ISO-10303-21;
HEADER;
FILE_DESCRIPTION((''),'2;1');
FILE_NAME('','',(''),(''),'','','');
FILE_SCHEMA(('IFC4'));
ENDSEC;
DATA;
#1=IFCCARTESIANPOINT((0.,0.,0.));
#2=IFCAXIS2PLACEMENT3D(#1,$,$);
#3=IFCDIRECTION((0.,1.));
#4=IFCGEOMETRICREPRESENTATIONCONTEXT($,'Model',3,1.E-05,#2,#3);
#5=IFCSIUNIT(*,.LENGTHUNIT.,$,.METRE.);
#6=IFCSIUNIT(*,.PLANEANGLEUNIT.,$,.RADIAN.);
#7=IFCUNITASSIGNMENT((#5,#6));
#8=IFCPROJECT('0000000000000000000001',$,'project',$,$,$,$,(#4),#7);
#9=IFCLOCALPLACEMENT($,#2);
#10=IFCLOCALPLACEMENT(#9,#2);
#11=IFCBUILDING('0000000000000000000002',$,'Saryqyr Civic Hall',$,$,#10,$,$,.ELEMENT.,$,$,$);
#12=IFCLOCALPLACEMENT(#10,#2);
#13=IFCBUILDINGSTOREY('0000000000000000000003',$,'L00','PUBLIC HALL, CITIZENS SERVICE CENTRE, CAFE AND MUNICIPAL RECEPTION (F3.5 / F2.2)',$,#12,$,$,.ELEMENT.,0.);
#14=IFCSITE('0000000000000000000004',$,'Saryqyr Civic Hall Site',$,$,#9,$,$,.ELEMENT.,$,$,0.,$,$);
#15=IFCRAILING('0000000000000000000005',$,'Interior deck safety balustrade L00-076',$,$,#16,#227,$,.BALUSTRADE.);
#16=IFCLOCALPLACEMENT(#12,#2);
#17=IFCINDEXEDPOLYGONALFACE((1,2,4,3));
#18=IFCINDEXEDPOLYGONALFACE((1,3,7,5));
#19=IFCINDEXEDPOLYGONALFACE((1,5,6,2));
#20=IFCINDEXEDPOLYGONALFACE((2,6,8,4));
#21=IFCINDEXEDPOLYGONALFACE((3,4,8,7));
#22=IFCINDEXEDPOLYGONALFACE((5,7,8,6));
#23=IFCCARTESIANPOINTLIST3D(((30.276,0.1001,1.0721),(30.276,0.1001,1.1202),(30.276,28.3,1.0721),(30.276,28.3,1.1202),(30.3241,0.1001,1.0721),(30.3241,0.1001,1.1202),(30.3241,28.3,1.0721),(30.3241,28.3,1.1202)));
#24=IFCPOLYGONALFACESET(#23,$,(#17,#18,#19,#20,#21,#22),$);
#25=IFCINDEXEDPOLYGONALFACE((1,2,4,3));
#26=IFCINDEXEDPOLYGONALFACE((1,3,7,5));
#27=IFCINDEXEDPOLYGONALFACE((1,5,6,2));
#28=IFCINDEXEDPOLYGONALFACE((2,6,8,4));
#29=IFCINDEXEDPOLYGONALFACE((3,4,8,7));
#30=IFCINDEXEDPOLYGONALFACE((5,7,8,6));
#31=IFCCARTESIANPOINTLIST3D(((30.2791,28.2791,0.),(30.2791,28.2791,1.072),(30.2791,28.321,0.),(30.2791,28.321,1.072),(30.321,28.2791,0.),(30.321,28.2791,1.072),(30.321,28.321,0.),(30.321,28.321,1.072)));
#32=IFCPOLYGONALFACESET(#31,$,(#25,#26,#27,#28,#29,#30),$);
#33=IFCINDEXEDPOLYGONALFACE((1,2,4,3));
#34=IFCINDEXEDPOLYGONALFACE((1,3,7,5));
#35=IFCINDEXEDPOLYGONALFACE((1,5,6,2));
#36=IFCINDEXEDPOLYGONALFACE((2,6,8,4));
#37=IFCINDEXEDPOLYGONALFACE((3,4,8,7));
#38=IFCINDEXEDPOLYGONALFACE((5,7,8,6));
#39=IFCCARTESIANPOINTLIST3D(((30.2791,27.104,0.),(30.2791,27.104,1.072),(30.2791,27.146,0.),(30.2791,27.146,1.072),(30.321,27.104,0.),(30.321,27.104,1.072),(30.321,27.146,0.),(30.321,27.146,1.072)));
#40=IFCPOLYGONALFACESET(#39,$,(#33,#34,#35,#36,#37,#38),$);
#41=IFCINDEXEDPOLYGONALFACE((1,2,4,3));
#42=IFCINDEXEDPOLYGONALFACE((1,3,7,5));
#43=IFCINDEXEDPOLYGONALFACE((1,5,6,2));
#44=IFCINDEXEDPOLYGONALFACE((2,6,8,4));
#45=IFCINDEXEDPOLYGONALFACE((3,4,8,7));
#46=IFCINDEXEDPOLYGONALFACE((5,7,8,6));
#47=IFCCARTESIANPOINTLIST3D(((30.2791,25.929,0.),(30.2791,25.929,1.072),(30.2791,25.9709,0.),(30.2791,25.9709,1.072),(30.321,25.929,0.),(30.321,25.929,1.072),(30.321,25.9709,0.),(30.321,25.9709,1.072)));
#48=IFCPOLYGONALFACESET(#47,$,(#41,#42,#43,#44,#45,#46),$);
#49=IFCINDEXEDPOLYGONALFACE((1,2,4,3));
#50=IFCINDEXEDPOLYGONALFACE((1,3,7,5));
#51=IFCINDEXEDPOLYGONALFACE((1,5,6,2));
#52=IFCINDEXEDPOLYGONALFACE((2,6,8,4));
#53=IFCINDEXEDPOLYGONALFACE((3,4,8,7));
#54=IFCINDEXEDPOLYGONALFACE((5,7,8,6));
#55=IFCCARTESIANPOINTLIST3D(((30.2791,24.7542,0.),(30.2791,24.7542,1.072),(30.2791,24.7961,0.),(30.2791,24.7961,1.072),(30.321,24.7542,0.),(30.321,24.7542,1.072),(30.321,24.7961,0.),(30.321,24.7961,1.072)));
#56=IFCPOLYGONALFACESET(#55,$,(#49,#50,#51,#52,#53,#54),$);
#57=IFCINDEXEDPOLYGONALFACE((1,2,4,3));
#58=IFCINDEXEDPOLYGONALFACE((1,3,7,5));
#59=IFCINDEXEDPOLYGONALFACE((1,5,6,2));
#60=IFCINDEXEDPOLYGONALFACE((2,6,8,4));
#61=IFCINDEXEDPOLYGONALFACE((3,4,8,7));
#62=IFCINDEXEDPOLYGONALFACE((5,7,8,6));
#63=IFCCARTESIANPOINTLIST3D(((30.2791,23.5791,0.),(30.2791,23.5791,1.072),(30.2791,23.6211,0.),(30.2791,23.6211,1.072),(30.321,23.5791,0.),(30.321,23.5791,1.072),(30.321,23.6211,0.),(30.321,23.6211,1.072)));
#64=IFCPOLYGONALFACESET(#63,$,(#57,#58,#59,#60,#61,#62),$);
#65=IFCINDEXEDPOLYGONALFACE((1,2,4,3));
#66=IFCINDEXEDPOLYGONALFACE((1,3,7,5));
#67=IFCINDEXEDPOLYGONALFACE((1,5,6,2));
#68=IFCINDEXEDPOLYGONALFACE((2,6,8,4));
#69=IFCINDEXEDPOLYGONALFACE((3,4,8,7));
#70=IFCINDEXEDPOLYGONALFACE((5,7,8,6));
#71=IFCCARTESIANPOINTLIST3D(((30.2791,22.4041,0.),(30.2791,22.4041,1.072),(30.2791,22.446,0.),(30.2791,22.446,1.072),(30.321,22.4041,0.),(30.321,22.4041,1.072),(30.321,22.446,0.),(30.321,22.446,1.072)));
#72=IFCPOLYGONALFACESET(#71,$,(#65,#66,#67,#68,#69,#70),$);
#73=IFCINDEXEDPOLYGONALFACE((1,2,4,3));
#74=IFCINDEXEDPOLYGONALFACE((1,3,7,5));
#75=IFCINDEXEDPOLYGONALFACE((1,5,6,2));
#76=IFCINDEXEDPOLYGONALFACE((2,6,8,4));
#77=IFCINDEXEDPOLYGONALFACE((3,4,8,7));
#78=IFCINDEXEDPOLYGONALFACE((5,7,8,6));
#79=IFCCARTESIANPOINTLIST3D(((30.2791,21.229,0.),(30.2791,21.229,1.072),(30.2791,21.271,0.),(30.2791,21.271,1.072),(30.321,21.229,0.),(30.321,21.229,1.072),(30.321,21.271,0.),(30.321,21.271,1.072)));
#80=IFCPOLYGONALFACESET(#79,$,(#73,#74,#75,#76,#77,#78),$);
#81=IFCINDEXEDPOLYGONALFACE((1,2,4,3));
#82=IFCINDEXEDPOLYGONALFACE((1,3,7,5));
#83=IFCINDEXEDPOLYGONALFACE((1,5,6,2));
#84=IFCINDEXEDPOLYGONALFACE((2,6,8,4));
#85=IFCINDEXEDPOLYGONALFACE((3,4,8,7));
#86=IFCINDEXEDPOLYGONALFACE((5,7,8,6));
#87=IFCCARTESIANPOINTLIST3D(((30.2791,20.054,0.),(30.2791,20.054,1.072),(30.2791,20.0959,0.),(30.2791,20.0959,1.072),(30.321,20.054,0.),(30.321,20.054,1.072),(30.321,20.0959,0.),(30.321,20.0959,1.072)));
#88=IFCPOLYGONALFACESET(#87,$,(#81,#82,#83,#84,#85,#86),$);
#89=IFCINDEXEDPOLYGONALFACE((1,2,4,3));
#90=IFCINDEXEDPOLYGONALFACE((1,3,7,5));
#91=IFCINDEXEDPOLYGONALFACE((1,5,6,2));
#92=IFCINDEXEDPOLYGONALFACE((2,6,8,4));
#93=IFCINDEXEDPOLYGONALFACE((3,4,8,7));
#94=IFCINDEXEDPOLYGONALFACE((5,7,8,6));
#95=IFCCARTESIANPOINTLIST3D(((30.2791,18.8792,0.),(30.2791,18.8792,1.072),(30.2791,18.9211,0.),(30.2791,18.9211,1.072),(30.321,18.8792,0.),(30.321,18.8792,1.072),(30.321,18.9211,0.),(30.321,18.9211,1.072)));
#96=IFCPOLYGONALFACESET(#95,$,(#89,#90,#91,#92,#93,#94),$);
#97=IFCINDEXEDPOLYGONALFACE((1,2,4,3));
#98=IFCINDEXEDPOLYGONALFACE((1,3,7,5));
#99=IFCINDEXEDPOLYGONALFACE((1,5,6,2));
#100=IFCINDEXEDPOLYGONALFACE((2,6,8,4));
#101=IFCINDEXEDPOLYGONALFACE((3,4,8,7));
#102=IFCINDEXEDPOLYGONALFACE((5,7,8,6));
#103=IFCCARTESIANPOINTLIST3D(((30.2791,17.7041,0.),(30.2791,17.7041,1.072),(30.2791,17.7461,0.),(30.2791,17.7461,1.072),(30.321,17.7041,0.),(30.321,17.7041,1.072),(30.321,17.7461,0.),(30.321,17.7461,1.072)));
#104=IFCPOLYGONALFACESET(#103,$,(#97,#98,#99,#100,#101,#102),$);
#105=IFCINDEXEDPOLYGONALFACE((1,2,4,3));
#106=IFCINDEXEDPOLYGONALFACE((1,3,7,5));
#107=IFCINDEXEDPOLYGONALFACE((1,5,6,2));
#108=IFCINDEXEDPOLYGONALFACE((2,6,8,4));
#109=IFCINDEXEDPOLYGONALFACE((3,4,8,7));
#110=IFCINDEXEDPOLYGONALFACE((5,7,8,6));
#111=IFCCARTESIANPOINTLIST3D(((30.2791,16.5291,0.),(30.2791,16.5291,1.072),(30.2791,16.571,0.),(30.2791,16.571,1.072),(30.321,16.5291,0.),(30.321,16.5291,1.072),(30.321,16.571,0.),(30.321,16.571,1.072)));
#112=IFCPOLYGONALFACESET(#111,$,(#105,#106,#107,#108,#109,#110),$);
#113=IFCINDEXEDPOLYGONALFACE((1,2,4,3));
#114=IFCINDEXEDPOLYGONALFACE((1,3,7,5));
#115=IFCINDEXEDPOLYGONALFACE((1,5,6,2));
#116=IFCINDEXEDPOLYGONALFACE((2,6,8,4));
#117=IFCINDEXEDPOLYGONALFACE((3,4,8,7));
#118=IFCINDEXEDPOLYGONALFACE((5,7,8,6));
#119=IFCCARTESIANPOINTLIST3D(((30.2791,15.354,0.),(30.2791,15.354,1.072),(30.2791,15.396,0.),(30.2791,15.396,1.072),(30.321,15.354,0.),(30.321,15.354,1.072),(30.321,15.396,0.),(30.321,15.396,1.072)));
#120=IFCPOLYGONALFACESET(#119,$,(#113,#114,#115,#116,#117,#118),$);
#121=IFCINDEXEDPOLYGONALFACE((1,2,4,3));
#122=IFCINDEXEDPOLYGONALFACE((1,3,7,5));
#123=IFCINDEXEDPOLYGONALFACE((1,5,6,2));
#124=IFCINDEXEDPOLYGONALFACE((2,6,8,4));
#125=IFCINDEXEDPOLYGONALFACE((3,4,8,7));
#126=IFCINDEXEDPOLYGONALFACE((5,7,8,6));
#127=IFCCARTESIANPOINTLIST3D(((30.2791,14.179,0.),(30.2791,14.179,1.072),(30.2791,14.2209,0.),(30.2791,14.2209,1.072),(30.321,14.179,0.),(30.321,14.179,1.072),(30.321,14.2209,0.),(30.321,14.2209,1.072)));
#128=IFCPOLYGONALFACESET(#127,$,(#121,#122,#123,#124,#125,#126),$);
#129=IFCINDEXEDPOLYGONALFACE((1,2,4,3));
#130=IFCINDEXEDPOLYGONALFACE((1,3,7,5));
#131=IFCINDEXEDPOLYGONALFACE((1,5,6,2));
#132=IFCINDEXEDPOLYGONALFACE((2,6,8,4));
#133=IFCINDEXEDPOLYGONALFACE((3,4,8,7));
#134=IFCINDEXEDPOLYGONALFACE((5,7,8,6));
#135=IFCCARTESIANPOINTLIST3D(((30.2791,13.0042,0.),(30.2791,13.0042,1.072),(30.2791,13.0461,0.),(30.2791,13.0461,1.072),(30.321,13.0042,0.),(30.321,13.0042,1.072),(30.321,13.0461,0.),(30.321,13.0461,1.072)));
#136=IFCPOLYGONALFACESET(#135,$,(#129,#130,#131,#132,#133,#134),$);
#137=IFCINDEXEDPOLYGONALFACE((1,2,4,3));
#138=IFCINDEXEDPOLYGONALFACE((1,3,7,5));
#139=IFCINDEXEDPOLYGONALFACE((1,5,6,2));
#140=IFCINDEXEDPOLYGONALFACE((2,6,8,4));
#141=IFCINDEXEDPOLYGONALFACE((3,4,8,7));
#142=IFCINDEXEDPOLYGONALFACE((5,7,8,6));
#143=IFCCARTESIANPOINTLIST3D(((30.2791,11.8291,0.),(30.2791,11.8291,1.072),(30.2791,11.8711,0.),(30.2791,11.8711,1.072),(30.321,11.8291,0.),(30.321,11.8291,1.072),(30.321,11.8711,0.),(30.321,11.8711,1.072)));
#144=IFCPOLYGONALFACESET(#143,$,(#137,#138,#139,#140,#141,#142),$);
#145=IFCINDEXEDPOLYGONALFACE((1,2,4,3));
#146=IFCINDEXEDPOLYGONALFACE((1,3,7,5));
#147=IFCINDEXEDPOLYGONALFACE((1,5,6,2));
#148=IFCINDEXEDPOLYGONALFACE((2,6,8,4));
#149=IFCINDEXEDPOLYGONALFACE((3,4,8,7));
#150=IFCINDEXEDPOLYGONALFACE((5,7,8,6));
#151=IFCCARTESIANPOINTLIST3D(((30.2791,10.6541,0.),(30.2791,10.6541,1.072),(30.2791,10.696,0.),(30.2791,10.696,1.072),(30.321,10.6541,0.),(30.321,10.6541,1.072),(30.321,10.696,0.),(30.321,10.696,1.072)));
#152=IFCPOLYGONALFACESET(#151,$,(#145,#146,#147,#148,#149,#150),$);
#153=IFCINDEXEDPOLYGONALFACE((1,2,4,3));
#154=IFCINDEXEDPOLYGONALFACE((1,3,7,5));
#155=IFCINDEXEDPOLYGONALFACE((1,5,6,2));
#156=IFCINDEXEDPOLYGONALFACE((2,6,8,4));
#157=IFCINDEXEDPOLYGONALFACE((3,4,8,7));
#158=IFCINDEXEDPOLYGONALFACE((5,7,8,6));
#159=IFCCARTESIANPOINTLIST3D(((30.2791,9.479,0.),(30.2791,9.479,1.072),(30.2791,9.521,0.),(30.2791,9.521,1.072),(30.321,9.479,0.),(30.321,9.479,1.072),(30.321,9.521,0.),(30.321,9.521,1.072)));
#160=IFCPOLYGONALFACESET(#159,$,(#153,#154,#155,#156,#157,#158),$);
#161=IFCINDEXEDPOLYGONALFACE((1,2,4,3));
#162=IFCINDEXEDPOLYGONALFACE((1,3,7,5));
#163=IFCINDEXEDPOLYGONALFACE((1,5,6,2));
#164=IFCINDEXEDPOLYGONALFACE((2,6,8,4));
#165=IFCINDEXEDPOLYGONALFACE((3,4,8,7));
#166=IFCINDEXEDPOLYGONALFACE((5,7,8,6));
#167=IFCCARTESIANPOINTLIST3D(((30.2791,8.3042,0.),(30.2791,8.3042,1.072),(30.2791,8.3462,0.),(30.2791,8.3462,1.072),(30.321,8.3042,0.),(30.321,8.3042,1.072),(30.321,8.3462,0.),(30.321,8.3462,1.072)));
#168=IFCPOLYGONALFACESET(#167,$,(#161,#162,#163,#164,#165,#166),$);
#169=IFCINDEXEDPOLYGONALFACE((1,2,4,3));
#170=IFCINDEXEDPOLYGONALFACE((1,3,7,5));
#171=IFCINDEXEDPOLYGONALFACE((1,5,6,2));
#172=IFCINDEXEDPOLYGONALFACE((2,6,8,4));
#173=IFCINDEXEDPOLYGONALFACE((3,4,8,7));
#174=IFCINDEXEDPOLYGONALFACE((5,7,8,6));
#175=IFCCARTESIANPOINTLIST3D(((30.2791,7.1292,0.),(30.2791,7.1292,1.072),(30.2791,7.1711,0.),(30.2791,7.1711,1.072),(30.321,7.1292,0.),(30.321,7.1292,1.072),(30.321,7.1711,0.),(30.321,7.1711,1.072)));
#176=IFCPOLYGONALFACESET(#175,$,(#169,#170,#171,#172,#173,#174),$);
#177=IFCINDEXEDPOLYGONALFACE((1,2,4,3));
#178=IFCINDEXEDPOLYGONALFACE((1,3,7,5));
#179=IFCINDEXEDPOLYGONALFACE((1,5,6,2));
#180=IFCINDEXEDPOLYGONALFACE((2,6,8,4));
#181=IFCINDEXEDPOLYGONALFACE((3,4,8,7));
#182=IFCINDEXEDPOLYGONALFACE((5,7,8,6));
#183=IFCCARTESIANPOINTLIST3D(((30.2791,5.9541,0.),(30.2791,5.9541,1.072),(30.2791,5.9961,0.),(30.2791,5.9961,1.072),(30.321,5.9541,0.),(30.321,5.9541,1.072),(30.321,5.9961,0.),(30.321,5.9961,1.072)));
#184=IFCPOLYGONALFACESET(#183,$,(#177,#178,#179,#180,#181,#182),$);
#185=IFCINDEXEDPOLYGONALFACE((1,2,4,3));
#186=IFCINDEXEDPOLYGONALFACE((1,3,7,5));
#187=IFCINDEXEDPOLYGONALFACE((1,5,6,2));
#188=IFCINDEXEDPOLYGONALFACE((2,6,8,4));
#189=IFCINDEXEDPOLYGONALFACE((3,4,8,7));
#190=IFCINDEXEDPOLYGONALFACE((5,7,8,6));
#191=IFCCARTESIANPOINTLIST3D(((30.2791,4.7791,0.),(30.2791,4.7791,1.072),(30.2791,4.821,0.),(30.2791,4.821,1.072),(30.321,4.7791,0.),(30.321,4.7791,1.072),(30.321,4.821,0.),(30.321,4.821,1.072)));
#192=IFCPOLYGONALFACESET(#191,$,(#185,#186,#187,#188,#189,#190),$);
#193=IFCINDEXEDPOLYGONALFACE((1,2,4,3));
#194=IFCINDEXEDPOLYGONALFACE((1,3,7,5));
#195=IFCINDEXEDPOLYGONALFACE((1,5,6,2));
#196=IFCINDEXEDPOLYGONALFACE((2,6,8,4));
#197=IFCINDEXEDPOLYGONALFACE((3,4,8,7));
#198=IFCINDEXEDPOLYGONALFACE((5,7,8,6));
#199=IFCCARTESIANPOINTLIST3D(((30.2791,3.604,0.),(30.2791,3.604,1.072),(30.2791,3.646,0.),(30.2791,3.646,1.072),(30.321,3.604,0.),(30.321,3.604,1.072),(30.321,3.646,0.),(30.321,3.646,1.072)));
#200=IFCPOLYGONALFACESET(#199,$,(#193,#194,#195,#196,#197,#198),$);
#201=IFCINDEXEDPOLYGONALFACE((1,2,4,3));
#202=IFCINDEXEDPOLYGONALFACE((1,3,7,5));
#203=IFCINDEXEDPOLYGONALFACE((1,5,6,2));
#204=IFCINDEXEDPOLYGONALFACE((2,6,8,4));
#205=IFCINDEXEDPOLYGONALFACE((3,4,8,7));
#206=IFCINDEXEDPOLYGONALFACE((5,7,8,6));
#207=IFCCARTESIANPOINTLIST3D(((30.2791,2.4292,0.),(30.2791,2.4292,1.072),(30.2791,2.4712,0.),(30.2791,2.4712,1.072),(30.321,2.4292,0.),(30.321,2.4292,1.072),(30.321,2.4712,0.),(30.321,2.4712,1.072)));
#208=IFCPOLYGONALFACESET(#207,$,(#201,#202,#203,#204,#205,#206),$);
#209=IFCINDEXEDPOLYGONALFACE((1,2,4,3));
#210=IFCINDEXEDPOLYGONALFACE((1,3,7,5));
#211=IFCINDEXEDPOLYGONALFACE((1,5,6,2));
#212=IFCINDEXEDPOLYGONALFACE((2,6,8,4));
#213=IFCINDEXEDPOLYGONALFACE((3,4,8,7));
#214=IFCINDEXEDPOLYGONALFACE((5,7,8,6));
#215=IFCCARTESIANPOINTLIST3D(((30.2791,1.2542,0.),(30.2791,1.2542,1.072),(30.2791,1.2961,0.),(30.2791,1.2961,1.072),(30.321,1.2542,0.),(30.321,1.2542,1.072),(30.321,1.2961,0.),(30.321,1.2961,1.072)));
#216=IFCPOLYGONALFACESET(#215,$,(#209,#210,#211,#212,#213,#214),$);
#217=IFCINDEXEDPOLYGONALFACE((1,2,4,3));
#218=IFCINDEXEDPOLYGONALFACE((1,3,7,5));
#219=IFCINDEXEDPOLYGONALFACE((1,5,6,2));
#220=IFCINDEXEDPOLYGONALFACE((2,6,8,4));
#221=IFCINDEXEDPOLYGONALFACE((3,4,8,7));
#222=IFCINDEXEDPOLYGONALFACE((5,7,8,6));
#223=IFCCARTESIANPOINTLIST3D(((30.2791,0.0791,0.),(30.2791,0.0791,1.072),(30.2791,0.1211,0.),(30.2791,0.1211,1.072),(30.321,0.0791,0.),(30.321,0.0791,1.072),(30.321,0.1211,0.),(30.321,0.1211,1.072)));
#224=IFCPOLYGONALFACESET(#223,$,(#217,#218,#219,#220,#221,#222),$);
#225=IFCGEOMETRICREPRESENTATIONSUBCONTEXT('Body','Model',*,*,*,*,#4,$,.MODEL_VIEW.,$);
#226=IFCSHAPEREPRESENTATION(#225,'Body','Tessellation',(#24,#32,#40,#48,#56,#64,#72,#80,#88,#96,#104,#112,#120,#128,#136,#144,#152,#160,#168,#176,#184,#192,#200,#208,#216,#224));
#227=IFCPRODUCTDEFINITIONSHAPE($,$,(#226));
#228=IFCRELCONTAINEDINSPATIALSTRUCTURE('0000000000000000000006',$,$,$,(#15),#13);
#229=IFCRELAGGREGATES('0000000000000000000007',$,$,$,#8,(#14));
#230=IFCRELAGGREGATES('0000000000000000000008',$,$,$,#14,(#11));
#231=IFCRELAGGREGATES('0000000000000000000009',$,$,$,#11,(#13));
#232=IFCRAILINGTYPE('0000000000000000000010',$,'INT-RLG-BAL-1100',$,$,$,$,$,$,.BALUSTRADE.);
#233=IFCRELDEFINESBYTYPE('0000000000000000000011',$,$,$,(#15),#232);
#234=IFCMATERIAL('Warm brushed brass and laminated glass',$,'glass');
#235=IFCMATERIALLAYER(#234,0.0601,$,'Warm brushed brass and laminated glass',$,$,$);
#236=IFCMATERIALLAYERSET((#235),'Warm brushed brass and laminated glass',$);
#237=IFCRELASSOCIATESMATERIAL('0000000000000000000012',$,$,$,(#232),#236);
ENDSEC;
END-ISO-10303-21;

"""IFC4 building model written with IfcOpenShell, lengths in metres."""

from ifc_helpers import new_model, si_unit, direction, frame, origin, origin_2d, place, context, subcontext, project, spatial, rectangle, extrude, material, layer, layer_set, type_object, element, save


model = new_model("IFC4")

# Units and contexts
model_context = context("Model", 3, precision=1e-05, world=origin(), true_north=direction((0.0, 1.0)))
body_context = subcontext(model_context, "Body", "Model", "MODEL_VIEW")
ifc_project = project(units=[si_unit("LENGTHUNIT", "METRE"), si_unit("PLANEANGLEUNIT", "RADIAN")], contexts=[model_context])

# Site, building, storey
site_placement = place(None, origin())
site = spatial("IfcSite", under=ifc_project, at=site_placement, Name="Saryqyr Civic Hall Site", CompositionType="ELEMENT", RefElevation=0.0)
building_placement = place(site_placement, origin())
building = spatial("IfcBuilding", under=site, at=building_placement, Name="Saryqyr Civic Hall", CompositionType="ELEMENT")
storey_placement = place(building_placement, origin())
storey = spatial("IfcBuildingStorey", under=building, at=storey_placement, Name="L00", Description="PUBLIC HALL, CITIZENS SERVICE CENTRE, CAFE AND MUNICIPAL RECEPTION (F3.5 / F2.2)", CompositionType="ELEMENT", Elevation=0.0)

# Railing
ifc_material_1 = material(Name="Warm brushed brass and laminated glass", Category="glass")
ifc_layer_1 = layer(ifc_material_1, 0.0601, Name="Warm brushed brass and laminated glass")
ifc_layer_set_1 = layer_set([ifc_layer_1], Name="Warm brushed brass and laminated glass")
railing_type = type_object("IfcRailingType", Name="INT-RLG-BAL-1100", PredefinedType="BALUSTRADE", material=ifc_layer_set_1)
railing_1_placement = place(storey_placement, frame((30.3, 28.3, 0.0)))
element("IfcRailing", 1, at=railing_1_placement, inside=storey, type_object=railing_type, Name="Interior deck safety balustrade L00-076", PredefinedType="BALUSTRADE", context=body_context, shape_type="SweptSolid", body=[
    extrude(rectangle(XDim=0.0481, YDim=0.0481, at=origin_2d()), frame((0.0, 0.0, 1.0962), z_axis=(0.0, -1.0, 0.0), x_axis=(1.0, 0.0, 0.0)), (0.0, 0.0, 1.0), 28.2),
    extrude(rectangle(XDim=0.042, YDim=0.042, at=origin_2d()), origin(), (0.0, 0.0, 1.0), 1.072),
    extrude(rectangle(XDim=0.042, YDim=0.042, at=origin_2d()), frame((0.0, -1.175, 0.0)), (0.0, 0.0, 1.0), 1.072),
    extrude(rectangle(XDim=0.042, YDim=0.042, at=origin_2d()), frame((0.0, -2.3501, 0.0)), (0.0, 0.0, 1.0), 1.072),
    extrude(rectangle(XDim=0.042, YDim=0.042, at=origin_2d()), frame((0.0, -3.5249, 0.0)), (0.0, 0.0, 1.0), 1.072),
    extrude(rectangle(XDim=0.042, YDim=0.042, at=origin_2d()), frame((0.0, -4.7, 0.0)), (0.0, 0.0, 1.0), 1.072),
    extrude(rectangle(XDim=0.042, YDim=0.042, at=origin_2d()), frame((0.0, -5.875, 0.0)), (0.0, 0.0, 1.0), 1.072),
    extrude(rectangle(XDim=0.042, YDim=0.042, at=origin_2d()), frame((0.0, -7.05, 0.0)), (0.0, 0.0, 1.0), 1.072),
    extrude(rectangle(XDim=0.042, YDim=0.042, at=origin_2d()), frame((0.0, -8.2251, 0.0)), (0.0, 0.0, 1.0), 1.072),
    extrude(rectangle(XDim=0.042, YDim=0.042, at=origin_2d()), frame((0.0, -9.3999, 0.0)), (0.0, 0.0, 1.0), 1.072),
    extrude(rectangle(XDim=0.042, YDim=0.042, at=origin_2d()), frame((0.0, -10.575, 0.0)), (0.0, 0.0, 1.0), 1.072),
    extrude(rectangle(XDim=0.042, YDim=0.042, at=origin_2d()), frame((0.0, -11.75, 0.0)), (0.0, 0.0, 1.0), 1.072),
    extrude(rectangle(XDim=0.042, YDim=0.042, at=origin_2d()), frame((0.0, -12.925, 0.0)), (0.0, 0.0, 1.0), 1.072),
    extrude(rectangle(XDim=0.042, YDim=0.042, at=origin_2d()), frame((0.0, -14.1001, 0.0)), (0.0, 0.0, 1.0), 1.072),
    extrude(rectangle(XDim=0.042, YDim=0.042, at=origin_2d()), frame((0.0, -15.2749, 0.0)), (0.0, 0.0, 1.0), 1.072),
    extrude(rectangle(XDim=0.042, YDim=0.042, at=origin_2d()), frame((0.0, -16.45, 0.0)), (0.0, 0.0, 1.0), 1.072),
    extrude(rectangle(XDim=0.042, YDim=0.042, at=origin_2d()), frame((0.0, -17.625, 0.0)), (0.0, 0.0, 1.0), 1.072),
    extrude(rectangle(XDim=0.042, YDim=0.042, at=origin_2d()), frame((0.0, -18.8, 0.0)), (0.0, 0.0, 1.0), 1.072),
    extrude(rectangle(XDim=0.042, YDim=0.042, at=origin_2d()), frame((0.0, -19.9749, 0.0)), (0.0, 0.0, 1.0), 1.072),
    extrude(rectangle(XDim=0.042, YDim=0.042, at=origin_2d()), frame((0.0, -21.1499, 0.0)), (0.0, 0.0, 1.0), 1.072),
    extrude(rectangle(XDim=0.042, YDim=0.042, at=origin_2d()), frame((0.0, -22.325, 0.0)), (0.0, 0.0, 1.0), 1.072),
    extrude(rectangle(XDim=0.042, YDim=0.042, at=origin_2d()), frame((0.0, -23.5, 0.0)), (0.0, 0.0, 1.0), 1.072),
    extrude(rectangle(XDim=0.042, YDim=0.042, at=origin_2d()), frame((0.0, -24.675, 0.0)), (0.0, 0.0, 1.0), 1.072),
    extrude(rectangle(XDim=0.042, YDim=0.042, at=origin_2d()), frame((0.0, -25.8499, 0.0)), (0.0, 0.0, 1.0), 1.072),
    extrude(rectangle(XDim=0.042, YDim=0.042, at=origin_2d()), frame((0.0, -27.0249, 0.0)), (0.0, 0.0, 1.0), 1.072),
    extrude(rectangle(XDim=0.042, YDim=0.042, at=origin_2d()), frame((0.0, -28.2, 0.0)), (0.0, 0.0, 1.0), 1.072),
])

save(model, "model.ifc")
